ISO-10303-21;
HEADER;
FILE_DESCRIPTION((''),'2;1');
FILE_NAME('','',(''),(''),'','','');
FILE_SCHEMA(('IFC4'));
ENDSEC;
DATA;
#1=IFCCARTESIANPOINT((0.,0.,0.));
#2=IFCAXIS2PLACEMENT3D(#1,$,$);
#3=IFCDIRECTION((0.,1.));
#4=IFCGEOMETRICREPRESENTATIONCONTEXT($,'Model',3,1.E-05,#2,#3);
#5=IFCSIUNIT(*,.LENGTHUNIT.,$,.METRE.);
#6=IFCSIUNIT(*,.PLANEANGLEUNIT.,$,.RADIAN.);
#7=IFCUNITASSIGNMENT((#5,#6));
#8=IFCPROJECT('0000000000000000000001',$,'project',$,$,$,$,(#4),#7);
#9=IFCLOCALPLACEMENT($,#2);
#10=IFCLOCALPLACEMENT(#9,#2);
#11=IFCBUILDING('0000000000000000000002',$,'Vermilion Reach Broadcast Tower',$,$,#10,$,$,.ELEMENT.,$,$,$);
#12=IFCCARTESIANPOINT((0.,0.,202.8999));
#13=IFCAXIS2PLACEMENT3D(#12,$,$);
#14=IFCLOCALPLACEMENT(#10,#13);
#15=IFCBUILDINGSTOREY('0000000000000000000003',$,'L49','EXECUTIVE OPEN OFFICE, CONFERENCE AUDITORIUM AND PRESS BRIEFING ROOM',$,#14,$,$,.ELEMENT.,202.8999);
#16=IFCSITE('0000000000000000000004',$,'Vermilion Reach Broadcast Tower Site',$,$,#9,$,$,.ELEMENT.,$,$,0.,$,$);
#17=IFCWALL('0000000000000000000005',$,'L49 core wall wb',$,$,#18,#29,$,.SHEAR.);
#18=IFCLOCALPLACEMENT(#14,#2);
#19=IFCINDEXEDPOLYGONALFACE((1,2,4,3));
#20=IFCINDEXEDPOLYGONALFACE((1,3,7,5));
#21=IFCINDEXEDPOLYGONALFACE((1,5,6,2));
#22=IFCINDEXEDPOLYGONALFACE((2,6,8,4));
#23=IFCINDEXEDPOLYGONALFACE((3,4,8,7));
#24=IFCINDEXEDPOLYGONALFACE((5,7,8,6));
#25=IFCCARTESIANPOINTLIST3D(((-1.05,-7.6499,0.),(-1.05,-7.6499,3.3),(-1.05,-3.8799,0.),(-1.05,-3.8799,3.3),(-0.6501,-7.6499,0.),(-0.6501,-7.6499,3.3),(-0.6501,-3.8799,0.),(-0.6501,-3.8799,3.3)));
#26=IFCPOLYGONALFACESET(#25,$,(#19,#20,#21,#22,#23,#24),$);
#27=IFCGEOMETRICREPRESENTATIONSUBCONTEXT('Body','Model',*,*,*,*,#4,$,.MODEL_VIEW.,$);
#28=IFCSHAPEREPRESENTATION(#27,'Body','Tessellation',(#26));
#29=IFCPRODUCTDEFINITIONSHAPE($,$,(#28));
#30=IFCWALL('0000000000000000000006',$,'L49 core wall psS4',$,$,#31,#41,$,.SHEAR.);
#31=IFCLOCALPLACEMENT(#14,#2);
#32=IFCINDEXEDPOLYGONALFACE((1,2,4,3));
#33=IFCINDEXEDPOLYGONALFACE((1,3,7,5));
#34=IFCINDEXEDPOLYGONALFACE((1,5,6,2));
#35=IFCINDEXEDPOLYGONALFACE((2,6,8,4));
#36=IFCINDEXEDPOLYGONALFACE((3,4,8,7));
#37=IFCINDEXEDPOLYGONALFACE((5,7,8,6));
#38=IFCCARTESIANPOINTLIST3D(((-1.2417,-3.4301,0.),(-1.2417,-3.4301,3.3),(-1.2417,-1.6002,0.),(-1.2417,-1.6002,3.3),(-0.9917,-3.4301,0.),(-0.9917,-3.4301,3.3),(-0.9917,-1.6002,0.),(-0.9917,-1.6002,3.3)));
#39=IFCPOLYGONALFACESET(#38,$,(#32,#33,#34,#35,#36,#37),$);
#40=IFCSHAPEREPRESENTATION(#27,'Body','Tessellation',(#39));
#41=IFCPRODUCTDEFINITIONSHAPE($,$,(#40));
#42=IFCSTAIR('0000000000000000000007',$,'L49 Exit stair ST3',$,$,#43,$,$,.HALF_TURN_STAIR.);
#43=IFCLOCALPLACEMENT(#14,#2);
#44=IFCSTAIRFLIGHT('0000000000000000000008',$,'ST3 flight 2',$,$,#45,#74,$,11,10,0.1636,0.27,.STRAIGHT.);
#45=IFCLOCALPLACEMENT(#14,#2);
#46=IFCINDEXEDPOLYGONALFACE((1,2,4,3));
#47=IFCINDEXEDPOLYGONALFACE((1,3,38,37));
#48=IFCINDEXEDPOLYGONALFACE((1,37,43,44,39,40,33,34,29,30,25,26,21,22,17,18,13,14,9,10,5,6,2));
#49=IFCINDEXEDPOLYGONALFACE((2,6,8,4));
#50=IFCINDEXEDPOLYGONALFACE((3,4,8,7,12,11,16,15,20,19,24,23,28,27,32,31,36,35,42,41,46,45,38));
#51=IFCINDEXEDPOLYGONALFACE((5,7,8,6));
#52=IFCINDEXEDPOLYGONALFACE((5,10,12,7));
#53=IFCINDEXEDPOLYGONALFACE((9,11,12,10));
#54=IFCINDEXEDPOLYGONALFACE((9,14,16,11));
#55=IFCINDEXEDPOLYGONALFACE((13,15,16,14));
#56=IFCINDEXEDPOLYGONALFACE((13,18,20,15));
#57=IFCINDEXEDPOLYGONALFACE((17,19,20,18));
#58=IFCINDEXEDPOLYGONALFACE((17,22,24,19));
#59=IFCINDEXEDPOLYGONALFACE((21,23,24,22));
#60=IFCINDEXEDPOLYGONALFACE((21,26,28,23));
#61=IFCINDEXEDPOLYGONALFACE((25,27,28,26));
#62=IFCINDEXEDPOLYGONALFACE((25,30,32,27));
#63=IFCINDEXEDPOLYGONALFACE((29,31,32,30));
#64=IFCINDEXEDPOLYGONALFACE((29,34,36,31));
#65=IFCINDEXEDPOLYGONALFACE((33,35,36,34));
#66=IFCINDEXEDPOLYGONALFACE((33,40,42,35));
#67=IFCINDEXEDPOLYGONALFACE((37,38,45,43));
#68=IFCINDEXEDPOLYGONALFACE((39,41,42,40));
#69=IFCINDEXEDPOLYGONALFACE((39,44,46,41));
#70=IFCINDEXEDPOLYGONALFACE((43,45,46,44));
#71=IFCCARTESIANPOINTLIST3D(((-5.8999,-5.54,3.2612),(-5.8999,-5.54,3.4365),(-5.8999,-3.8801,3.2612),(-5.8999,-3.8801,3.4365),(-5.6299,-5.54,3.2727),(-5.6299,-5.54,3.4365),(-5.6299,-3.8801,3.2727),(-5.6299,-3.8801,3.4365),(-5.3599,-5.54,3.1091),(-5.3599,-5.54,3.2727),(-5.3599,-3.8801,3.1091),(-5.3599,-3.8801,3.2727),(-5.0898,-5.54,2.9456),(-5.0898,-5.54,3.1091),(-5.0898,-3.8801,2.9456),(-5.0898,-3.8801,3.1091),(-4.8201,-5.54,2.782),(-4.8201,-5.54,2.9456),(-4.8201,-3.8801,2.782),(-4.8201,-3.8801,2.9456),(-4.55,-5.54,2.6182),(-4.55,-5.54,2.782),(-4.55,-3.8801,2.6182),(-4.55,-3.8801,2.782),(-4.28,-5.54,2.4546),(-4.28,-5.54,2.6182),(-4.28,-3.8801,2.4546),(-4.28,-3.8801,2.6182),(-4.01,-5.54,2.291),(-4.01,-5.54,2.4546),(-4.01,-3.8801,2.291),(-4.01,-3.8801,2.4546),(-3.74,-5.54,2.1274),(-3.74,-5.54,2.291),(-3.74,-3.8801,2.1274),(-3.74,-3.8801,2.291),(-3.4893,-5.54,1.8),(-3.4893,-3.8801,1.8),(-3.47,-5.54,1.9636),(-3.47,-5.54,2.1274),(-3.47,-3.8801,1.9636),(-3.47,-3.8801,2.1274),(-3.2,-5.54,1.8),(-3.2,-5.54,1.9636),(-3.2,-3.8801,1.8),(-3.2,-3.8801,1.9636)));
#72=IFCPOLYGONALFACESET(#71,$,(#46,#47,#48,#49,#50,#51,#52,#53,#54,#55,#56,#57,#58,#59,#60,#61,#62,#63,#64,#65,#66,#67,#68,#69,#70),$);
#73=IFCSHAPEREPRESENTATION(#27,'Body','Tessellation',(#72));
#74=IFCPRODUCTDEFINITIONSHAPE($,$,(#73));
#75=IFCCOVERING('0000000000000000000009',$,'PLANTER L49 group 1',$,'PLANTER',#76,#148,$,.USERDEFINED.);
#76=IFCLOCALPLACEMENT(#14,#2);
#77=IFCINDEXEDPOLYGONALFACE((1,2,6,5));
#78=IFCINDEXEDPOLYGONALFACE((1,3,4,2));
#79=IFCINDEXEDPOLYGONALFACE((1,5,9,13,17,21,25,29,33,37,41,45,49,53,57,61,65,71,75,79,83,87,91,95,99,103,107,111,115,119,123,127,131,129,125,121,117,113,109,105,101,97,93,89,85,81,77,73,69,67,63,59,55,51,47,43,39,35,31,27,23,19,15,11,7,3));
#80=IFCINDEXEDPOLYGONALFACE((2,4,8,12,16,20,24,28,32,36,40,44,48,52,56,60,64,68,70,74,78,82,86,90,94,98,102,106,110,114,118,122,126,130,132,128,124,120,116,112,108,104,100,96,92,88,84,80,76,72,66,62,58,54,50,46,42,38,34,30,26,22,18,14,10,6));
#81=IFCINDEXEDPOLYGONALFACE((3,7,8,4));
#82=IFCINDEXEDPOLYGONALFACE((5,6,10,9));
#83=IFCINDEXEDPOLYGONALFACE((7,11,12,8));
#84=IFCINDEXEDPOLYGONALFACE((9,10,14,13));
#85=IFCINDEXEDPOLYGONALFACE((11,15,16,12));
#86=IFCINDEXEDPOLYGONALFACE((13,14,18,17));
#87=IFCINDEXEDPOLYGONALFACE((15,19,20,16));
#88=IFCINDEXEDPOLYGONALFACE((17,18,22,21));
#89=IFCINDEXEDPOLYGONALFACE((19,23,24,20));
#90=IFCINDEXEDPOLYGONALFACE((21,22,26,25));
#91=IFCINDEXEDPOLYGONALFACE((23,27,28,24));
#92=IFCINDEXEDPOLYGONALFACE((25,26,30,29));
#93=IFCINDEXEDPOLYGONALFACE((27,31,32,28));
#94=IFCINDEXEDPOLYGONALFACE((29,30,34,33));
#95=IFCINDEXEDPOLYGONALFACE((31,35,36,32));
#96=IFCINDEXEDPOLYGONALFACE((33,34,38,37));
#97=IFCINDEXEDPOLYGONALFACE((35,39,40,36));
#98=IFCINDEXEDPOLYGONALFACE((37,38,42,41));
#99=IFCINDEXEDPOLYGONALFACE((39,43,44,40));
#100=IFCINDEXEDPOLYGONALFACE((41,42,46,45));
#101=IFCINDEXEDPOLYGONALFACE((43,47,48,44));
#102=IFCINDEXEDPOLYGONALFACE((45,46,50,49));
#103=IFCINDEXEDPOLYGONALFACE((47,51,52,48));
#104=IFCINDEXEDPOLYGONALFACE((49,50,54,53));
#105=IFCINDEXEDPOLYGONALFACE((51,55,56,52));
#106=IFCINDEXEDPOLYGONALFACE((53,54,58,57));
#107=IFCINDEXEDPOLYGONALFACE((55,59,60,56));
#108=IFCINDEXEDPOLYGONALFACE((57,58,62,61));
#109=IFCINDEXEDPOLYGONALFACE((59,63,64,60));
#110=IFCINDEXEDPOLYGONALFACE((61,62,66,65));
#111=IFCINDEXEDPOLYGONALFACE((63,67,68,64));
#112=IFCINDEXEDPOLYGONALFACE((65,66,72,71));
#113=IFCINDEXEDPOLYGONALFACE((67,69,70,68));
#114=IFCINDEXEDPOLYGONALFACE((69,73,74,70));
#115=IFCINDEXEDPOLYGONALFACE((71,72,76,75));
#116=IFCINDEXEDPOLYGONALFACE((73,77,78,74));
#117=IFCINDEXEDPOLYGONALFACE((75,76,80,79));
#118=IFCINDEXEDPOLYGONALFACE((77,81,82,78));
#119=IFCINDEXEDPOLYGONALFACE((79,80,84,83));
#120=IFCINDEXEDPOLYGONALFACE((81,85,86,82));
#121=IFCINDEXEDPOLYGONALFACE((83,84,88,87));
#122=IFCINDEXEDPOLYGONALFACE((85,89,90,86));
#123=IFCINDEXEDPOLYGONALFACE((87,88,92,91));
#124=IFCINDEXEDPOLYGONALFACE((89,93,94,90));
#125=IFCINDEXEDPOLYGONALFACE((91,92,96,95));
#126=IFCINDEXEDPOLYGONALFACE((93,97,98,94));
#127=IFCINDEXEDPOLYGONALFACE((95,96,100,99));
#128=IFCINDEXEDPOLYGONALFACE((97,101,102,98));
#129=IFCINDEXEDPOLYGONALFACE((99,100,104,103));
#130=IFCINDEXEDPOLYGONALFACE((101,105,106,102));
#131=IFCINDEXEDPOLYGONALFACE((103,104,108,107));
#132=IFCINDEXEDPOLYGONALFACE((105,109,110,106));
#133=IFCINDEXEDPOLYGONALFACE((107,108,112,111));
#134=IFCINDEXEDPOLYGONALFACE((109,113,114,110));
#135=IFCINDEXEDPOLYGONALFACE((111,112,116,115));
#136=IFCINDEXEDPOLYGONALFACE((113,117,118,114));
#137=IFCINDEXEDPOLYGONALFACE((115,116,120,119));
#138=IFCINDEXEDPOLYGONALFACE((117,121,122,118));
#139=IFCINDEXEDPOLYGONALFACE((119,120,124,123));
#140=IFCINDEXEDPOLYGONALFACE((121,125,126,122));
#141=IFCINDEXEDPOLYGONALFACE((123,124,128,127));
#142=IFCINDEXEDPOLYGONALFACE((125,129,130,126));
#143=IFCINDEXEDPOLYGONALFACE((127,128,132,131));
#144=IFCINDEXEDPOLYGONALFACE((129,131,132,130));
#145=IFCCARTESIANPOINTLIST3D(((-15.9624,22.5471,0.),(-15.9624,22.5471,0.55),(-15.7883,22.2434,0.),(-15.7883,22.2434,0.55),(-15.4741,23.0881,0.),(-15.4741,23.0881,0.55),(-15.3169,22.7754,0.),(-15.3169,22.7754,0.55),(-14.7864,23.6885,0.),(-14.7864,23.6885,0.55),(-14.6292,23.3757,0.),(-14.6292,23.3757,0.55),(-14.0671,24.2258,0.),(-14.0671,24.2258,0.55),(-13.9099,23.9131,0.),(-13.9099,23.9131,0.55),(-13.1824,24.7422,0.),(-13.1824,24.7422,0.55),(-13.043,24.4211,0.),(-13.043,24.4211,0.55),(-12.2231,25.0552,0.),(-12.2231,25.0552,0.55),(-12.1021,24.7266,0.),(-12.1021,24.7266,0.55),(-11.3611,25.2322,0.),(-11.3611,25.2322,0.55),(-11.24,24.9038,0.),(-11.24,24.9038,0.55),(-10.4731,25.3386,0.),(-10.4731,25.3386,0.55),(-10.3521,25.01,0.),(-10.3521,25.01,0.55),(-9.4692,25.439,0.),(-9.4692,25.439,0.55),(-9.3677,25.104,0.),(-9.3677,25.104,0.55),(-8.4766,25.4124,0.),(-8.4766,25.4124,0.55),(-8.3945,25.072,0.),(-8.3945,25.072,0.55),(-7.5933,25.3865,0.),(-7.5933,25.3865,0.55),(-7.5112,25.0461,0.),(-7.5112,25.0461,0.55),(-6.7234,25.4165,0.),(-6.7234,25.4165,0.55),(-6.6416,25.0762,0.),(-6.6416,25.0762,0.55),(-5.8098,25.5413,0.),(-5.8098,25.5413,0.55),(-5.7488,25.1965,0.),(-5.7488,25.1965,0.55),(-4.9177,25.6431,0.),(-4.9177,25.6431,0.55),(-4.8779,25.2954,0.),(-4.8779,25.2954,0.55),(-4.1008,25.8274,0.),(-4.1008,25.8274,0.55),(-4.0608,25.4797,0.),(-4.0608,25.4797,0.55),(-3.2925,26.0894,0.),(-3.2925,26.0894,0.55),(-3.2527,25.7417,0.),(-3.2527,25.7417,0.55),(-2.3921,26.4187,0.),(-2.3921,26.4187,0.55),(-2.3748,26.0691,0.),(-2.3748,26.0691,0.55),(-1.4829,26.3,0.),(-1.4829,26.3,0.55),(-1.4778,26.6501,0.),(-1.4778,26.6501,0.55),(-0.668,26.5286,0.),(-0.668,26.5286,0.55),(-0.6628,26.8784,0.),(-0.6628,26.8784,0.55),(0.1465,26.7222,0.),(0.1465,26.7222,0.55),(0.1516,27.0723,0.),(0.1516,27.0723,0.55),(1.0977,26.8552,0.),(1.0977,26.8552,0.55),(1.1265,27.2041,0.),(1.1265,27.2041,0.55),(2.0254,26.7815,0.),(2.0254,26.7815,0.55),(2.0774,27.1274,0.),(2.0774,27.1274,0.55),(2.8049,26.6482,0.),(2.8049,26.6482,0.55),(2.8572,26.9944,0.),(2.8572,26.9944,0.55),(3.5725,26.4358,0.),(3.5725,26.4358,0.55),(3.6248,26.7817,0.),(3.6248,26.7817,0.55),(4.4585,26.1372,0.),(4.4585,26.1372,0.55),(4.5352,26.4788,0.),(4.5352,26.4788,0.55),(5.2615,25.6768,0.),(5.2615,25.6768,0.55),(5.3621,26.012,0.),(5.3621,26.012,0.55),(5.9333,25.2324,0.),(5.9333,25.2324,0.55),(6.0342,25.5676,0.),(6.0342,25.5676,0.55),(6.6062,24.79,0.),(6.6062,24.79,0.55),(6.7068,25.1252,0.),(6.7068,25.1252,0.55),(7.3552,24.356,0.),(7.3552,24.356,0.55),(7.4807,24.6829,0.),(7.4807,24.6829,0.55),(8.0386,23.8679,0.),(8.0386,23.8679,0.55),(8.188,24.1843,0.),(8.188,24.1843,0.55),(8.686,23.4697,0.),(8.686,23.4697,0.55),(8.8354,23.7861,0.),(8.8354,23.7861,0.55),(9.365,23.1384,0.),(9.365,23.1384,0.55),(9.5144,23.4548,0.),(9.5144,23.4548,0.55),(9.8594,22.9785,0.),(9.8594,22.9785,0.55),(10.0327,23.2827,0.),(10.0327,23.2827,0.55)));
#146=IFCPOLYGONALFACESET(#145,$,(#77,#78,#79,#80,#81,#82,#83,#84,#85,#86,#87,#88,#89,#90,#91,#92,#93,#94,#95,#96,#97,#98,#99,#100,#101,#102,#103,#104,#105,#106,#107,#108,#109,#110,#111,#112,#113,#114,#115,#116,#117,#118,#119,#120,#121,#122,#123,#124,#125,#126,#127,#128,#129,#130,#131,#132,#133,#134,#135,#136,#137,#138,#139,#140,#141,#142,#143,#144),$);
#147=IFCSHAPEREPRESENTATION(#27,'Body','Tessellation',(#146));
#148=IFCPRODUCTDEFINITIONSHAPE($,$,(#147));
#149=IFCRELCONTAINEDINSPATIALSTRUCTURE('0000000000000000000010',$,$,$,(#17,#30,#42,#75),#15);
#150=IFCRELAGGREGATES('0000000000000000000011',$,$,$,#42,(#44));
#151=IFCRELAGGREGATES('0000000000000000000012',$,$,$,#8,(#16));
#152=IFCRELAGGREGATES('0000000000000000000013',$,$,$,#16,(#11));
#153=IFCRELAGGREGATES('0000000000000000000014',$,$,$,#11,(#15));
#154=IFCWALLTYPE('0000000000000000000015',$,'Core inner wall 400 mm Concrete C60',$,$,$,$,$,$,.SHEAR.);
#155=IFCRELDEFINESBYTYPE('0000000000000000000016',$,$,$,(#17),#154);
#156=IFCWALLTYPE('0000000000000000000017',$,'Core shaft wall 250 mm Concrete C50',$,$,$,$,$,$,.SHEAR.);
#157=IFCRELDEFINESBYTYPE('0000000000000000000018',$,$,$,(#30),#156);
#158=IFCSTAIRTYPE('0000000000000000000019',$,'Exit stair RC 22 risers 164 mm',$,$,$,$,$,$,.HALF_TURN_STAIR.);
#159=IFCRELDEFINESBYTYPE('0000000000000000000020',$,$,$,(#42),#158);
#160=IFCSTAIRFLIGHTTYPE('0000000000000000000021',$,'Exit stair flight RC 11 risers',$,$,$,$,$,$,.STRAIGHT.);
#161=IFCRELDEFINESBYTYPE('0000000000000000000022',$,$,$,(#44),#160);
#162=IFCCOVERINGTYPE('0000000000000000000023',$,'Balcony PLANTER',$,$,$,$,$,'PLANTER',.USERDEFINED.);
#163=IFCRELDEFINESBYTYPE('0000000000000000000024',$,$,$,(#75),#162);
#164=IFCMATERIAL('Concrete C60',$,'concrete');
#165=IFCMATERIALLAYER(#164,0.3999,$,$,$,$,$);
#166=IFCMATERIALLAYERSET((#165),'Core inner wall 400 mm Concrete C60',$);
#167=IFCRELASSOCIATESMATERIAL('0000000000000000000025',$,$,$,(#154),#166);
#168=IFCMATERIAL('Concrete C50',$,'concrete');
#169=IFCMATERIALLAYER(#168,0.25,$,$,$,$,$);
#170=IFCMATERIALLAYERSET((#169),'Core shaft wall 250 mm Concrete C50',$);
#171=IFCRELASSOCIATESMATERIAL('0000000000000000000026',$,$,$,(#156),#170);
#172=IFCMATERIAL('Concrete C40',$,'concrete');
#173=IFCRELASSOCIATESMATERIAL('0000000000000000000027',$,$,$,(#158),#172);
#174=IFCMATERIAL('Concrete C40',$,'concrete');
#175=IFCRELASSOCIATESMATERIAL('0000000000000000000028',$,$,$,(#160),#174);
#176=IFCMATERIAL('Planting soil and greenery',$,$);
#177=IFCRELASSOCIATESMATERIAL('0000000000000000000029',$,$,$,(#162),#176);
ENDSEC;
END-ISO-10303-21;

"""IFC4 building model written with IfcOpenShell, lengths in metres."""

from ifc_helpers import new_model, si_unit, direction, frame, frame_2d, origin, place, context, subcontext, project, spatial, polyline, rectangle, outline, extrude, material, layer, layer_set, type_object, element, aggregate, save


model = new_model("IFC4")

# Units and contexts
model_context = context("Model", 3, precision=1e-05, world=origin(), true_north=direction((0.0, 1.0)))
body_context = subcontext(model_context, "Body", "Model", "MODEL_VIEW")
ifc_project = project(units=[si_unit("LENGTHUNIT", "METRE"), si_unit("PLANEANGLEUNIT", "RADIAN")], contexts=[model_context])

# Site, building, storey
site_placement = place(None, origin())
site = spatial("IfcSite", under=ifc_project, at=site_placement, Name="Vermilion Reach Broadcast Tower Site", CompositionType="ELEMENT", RefElevation=0.0)
building_placement = place(site_placement, origin())
building = spatial("IfcBuilding", under=site, at=building_placement, Name="Vermilion Reach Broadcast Tower", CompositionType="ELEMENT")
storey_placement = place(building_placement, frame((0.0, 0.0, 202.8999)))
storey = spatial("IfcBuildingStorey", under=building, at=storey_placement, Name="L49", Description="EXECUTIVE OPEN OFFICE, CONFERENCE AUDITORIUM AND PRESS BRIEFING ROOM", CompositionType="ELEMENT", Elevation=202.8999)

# Walls
ifc_material_1 = material(Name="Concrete C60", Category="concrete")
ifc_layer_1 = layer(ifc_material_1, 0.3999)
ifc_layer_set_1 = layer_set([ifc_layer_1], Name="Core inner wall 400 mm Concrete C60")
wall_type_1 = type_object("IfcWallType", Name="Core inner wall 400 mm Concrete C60", PredefinedType="SHEAR", material=ifc_layer_set_1)
wall_1_placement = place(storey_placement, frame((-0.8501, -3.8799, 0.0), z_axis=(0.0, 0.0, 1.0), x_axis=(0.0, -1.0, 0.0)))
element("IfcWall", 1, at=wall_1_placement, inside=storey, type_object=wall_type_1, Name="L49 core wall wb", PredefinedType="SHEAR", context=body_context, shape_type="SweptSolid", body=[
    extrude(rectangle(XDim=3.77, YDim=0.3999, at=frame_2d((1.885, 0.0))), origin(), (0.0, 0.0, 1.0), 3.3),
])
ifc_material_2 = material(Name="Concrete C50", Category="concrete")
ifc_layer_2 = layer(ifc_material_2, 0.25)
ifc_layer_set_2 = layer_set([ifc_layer_2], Name="Core shaft wall 250 mm Concrete C50")
wall_type_2 = type_object("IfcWallType", Name="Core shaft wall 250 mm Concrete C50", PredefinedType="SHEAR", material=ifc_layer_set_2)
wall_2_placement = place(storey_placement, frame((-1.1167, -1.6001, 0.0), z_axis=(0.0, 0.0, 1.0), x_axis=(0.0, -1.0, 0.0)))
element("IfcWall", 2, at=wall_2_placement, inside=storey, type_object=wall_type_2, Name="L49 core wall psS4", PredefinedType="SHEAR", context=body_context, shape_type="SweptSolid", body=[
    extrude(rectangle(XDim=1.8298, YDim=0.25, at=frame_2d((0.915, 0.0))), origin(), (0.0, 0.0, 1.0), 3.3),
])

# Stair, stair flight
ifc_material_3 = material(Name="Concrete C40", Category="concrete")
stair_type = type_object("IfcStairType", Name="Exit stair RC 22 risers 164 mm", PredefinedType="HALF_TURN_STAIR", material=ifc_material_3)
placement_1 = place(storey_placement, origin())
stair = element("IfcStair", 3, at=placement_1, inside=storey, type_object=stair_type, Name="L49 Exit stair ST3", PredefinedType="HALF_TURN_STAIR")
ifc_material_4 = material(Name="Concrete C40", Category="concrete")
stair_flight_type = type_object("IfcStairFlightType", Name="Exit stair flight RC 11 risers", PredefinedType="STRAIGHT", material=ifc_material_4)
stair_flight_placement = place(storey_placement, frame((-3.2, -4.71, 1.8), z_axis=(0.0, 0.0, 1.0), x_axis=(-1.0, 0.0, 0.0)))
stair_flight = element("IfcStairFlight", 4, at=stair_flight_placement, type_object=stair_flight_type, Name="ST3 flight 2", NumberOfRisers=11, NumberOfTreads=10, PredefinedType="STRAIGHT", RiserHeight=0.1636, TreadLength=0.27, context=body_context, shape_type="SweptSolid", body=[
    extrude(outline(polyline([(0.0, 0.0), (0.0, 0.1636), (0.27, 0.1636), (0.27, 0.3274), (0.54, 0.3274), (0.54, 0.491), (0.8101, 0.491), (0.8101, 0.6545), (1.0801, 0.6545), (1.0801, 0.8181), (1.3501, 0.8181), (1.3501, 0.9819), (1.6201, 0.9819), (1.6201, 1.1455), (1.8899, 1.1455), (1.8899, 1.3091), (2.1599, 1.3091), (2.1599, 1.4727), (2.4299, 1.4727), (2.4299, 1.6365), (2.7, 1.6365), (2.7, 1.8), (2.7, 1.4612), (0.2893, 0.0), (0.0, 0.0)])), frame((0.0, 0.8301, 0.0), z_axis=(0.0, -1.0, 0.0), x_axis=(1.0, 0.0, 0.0)), (0.0, 0.0, 1.0), 1.6599),
])
aggregate(stair, [stair_flight])

# Covering
ifc_material_5 = material(Name="Planting soil and greenery")
covering_type = type_object("IfcCoveringType", Name="Balcony PLANTER", ElementType="PLANTER", PredefinedType="USERDEFINED", material=ifc_material_5)
element("IfcCovering", 5, at=placement_1, inside=storey, type_object=covering_type, Name="PLANTER L49 group 1", ObjectType="PLANTER", PredefinedType="USERDEFINED", context=body_context, shape_type="SweptSolid", body=[
    extrude(outline(polyline([(10.0327, 23.2827), (9.5144, 23.4548), (8.8354, 23.7861), (8.188, 24.1843), (7.4807, 24.6829), (6.7068, 25.1252), (6.0342, 25.5676), (5.3621, 26.012), (4.5352, 26.4788), (3.6248, 26.7817), (2.8572, 26.9944), (2.0774, 27.1274), (1.1265, 27.2041), (0.1516, 27.0723), (-0.6628, 26.8784), (-1.4778, 26.6501), (-2.3921, 26.4187), (-3.2925, 26.0894), (-4.1008, 25.8274), (-4.9177, 25.6431), (-5.8098, 25.5413), (-6.7234, 25.4165), (-7.5933, 25.3865), (-8.4766, 25.4124), (-9.4692, 25.439), (-10.4731, 25.3386), (-11.3611, 25.2322), (-12.2231, 25.0552), (-13.1824, 24.7422), (-14.0671, 24.2258), (-14.7864, 23.6885), (-15.4741, 23.0881), (-15.9624, 22.5471), (-15.7883, 22.2434), (-15.3169, 22.7754), (-14.6292, 23.3757), (-13.9099, 23.9131), (-13.043, 24.4211), (-12.1021, 24.7266), (-11.24, 24.9038), (-10.3521, 25.01), (-9.3677, 25.104), (-8.3945, 25.072), (-7.5112, 25.0461), (-6.6416, 25.0762), (-5.7488, 25.1965), (-4.8779, 25.2954), (-4.0608, 25.4797), (-3.2527, 25.7417), (-2.3748, 26.0691), (-1.4829, 26.3), (-0.668, 26.5286), (0.1465, 26.7222), (1.0977, 26.8552), (2.0254, 26.7815), (2.8049, 26.6482), (3.5725, 26.4358), (4.4585, 26.1372), (5.2615, 25.6768), (5.9333, 25.2324), (6.6062, 24.79), (7.3552, 24.356), (8.0386, 23.8679), (8.686, 23.4697), (9.365, 23.1384), (9.8594, 22.9785), (10.0327, 23.2827)])), origin(), (0.0, 0.0, 1.0), 0.55),
])

save(model, "model.ifc")
